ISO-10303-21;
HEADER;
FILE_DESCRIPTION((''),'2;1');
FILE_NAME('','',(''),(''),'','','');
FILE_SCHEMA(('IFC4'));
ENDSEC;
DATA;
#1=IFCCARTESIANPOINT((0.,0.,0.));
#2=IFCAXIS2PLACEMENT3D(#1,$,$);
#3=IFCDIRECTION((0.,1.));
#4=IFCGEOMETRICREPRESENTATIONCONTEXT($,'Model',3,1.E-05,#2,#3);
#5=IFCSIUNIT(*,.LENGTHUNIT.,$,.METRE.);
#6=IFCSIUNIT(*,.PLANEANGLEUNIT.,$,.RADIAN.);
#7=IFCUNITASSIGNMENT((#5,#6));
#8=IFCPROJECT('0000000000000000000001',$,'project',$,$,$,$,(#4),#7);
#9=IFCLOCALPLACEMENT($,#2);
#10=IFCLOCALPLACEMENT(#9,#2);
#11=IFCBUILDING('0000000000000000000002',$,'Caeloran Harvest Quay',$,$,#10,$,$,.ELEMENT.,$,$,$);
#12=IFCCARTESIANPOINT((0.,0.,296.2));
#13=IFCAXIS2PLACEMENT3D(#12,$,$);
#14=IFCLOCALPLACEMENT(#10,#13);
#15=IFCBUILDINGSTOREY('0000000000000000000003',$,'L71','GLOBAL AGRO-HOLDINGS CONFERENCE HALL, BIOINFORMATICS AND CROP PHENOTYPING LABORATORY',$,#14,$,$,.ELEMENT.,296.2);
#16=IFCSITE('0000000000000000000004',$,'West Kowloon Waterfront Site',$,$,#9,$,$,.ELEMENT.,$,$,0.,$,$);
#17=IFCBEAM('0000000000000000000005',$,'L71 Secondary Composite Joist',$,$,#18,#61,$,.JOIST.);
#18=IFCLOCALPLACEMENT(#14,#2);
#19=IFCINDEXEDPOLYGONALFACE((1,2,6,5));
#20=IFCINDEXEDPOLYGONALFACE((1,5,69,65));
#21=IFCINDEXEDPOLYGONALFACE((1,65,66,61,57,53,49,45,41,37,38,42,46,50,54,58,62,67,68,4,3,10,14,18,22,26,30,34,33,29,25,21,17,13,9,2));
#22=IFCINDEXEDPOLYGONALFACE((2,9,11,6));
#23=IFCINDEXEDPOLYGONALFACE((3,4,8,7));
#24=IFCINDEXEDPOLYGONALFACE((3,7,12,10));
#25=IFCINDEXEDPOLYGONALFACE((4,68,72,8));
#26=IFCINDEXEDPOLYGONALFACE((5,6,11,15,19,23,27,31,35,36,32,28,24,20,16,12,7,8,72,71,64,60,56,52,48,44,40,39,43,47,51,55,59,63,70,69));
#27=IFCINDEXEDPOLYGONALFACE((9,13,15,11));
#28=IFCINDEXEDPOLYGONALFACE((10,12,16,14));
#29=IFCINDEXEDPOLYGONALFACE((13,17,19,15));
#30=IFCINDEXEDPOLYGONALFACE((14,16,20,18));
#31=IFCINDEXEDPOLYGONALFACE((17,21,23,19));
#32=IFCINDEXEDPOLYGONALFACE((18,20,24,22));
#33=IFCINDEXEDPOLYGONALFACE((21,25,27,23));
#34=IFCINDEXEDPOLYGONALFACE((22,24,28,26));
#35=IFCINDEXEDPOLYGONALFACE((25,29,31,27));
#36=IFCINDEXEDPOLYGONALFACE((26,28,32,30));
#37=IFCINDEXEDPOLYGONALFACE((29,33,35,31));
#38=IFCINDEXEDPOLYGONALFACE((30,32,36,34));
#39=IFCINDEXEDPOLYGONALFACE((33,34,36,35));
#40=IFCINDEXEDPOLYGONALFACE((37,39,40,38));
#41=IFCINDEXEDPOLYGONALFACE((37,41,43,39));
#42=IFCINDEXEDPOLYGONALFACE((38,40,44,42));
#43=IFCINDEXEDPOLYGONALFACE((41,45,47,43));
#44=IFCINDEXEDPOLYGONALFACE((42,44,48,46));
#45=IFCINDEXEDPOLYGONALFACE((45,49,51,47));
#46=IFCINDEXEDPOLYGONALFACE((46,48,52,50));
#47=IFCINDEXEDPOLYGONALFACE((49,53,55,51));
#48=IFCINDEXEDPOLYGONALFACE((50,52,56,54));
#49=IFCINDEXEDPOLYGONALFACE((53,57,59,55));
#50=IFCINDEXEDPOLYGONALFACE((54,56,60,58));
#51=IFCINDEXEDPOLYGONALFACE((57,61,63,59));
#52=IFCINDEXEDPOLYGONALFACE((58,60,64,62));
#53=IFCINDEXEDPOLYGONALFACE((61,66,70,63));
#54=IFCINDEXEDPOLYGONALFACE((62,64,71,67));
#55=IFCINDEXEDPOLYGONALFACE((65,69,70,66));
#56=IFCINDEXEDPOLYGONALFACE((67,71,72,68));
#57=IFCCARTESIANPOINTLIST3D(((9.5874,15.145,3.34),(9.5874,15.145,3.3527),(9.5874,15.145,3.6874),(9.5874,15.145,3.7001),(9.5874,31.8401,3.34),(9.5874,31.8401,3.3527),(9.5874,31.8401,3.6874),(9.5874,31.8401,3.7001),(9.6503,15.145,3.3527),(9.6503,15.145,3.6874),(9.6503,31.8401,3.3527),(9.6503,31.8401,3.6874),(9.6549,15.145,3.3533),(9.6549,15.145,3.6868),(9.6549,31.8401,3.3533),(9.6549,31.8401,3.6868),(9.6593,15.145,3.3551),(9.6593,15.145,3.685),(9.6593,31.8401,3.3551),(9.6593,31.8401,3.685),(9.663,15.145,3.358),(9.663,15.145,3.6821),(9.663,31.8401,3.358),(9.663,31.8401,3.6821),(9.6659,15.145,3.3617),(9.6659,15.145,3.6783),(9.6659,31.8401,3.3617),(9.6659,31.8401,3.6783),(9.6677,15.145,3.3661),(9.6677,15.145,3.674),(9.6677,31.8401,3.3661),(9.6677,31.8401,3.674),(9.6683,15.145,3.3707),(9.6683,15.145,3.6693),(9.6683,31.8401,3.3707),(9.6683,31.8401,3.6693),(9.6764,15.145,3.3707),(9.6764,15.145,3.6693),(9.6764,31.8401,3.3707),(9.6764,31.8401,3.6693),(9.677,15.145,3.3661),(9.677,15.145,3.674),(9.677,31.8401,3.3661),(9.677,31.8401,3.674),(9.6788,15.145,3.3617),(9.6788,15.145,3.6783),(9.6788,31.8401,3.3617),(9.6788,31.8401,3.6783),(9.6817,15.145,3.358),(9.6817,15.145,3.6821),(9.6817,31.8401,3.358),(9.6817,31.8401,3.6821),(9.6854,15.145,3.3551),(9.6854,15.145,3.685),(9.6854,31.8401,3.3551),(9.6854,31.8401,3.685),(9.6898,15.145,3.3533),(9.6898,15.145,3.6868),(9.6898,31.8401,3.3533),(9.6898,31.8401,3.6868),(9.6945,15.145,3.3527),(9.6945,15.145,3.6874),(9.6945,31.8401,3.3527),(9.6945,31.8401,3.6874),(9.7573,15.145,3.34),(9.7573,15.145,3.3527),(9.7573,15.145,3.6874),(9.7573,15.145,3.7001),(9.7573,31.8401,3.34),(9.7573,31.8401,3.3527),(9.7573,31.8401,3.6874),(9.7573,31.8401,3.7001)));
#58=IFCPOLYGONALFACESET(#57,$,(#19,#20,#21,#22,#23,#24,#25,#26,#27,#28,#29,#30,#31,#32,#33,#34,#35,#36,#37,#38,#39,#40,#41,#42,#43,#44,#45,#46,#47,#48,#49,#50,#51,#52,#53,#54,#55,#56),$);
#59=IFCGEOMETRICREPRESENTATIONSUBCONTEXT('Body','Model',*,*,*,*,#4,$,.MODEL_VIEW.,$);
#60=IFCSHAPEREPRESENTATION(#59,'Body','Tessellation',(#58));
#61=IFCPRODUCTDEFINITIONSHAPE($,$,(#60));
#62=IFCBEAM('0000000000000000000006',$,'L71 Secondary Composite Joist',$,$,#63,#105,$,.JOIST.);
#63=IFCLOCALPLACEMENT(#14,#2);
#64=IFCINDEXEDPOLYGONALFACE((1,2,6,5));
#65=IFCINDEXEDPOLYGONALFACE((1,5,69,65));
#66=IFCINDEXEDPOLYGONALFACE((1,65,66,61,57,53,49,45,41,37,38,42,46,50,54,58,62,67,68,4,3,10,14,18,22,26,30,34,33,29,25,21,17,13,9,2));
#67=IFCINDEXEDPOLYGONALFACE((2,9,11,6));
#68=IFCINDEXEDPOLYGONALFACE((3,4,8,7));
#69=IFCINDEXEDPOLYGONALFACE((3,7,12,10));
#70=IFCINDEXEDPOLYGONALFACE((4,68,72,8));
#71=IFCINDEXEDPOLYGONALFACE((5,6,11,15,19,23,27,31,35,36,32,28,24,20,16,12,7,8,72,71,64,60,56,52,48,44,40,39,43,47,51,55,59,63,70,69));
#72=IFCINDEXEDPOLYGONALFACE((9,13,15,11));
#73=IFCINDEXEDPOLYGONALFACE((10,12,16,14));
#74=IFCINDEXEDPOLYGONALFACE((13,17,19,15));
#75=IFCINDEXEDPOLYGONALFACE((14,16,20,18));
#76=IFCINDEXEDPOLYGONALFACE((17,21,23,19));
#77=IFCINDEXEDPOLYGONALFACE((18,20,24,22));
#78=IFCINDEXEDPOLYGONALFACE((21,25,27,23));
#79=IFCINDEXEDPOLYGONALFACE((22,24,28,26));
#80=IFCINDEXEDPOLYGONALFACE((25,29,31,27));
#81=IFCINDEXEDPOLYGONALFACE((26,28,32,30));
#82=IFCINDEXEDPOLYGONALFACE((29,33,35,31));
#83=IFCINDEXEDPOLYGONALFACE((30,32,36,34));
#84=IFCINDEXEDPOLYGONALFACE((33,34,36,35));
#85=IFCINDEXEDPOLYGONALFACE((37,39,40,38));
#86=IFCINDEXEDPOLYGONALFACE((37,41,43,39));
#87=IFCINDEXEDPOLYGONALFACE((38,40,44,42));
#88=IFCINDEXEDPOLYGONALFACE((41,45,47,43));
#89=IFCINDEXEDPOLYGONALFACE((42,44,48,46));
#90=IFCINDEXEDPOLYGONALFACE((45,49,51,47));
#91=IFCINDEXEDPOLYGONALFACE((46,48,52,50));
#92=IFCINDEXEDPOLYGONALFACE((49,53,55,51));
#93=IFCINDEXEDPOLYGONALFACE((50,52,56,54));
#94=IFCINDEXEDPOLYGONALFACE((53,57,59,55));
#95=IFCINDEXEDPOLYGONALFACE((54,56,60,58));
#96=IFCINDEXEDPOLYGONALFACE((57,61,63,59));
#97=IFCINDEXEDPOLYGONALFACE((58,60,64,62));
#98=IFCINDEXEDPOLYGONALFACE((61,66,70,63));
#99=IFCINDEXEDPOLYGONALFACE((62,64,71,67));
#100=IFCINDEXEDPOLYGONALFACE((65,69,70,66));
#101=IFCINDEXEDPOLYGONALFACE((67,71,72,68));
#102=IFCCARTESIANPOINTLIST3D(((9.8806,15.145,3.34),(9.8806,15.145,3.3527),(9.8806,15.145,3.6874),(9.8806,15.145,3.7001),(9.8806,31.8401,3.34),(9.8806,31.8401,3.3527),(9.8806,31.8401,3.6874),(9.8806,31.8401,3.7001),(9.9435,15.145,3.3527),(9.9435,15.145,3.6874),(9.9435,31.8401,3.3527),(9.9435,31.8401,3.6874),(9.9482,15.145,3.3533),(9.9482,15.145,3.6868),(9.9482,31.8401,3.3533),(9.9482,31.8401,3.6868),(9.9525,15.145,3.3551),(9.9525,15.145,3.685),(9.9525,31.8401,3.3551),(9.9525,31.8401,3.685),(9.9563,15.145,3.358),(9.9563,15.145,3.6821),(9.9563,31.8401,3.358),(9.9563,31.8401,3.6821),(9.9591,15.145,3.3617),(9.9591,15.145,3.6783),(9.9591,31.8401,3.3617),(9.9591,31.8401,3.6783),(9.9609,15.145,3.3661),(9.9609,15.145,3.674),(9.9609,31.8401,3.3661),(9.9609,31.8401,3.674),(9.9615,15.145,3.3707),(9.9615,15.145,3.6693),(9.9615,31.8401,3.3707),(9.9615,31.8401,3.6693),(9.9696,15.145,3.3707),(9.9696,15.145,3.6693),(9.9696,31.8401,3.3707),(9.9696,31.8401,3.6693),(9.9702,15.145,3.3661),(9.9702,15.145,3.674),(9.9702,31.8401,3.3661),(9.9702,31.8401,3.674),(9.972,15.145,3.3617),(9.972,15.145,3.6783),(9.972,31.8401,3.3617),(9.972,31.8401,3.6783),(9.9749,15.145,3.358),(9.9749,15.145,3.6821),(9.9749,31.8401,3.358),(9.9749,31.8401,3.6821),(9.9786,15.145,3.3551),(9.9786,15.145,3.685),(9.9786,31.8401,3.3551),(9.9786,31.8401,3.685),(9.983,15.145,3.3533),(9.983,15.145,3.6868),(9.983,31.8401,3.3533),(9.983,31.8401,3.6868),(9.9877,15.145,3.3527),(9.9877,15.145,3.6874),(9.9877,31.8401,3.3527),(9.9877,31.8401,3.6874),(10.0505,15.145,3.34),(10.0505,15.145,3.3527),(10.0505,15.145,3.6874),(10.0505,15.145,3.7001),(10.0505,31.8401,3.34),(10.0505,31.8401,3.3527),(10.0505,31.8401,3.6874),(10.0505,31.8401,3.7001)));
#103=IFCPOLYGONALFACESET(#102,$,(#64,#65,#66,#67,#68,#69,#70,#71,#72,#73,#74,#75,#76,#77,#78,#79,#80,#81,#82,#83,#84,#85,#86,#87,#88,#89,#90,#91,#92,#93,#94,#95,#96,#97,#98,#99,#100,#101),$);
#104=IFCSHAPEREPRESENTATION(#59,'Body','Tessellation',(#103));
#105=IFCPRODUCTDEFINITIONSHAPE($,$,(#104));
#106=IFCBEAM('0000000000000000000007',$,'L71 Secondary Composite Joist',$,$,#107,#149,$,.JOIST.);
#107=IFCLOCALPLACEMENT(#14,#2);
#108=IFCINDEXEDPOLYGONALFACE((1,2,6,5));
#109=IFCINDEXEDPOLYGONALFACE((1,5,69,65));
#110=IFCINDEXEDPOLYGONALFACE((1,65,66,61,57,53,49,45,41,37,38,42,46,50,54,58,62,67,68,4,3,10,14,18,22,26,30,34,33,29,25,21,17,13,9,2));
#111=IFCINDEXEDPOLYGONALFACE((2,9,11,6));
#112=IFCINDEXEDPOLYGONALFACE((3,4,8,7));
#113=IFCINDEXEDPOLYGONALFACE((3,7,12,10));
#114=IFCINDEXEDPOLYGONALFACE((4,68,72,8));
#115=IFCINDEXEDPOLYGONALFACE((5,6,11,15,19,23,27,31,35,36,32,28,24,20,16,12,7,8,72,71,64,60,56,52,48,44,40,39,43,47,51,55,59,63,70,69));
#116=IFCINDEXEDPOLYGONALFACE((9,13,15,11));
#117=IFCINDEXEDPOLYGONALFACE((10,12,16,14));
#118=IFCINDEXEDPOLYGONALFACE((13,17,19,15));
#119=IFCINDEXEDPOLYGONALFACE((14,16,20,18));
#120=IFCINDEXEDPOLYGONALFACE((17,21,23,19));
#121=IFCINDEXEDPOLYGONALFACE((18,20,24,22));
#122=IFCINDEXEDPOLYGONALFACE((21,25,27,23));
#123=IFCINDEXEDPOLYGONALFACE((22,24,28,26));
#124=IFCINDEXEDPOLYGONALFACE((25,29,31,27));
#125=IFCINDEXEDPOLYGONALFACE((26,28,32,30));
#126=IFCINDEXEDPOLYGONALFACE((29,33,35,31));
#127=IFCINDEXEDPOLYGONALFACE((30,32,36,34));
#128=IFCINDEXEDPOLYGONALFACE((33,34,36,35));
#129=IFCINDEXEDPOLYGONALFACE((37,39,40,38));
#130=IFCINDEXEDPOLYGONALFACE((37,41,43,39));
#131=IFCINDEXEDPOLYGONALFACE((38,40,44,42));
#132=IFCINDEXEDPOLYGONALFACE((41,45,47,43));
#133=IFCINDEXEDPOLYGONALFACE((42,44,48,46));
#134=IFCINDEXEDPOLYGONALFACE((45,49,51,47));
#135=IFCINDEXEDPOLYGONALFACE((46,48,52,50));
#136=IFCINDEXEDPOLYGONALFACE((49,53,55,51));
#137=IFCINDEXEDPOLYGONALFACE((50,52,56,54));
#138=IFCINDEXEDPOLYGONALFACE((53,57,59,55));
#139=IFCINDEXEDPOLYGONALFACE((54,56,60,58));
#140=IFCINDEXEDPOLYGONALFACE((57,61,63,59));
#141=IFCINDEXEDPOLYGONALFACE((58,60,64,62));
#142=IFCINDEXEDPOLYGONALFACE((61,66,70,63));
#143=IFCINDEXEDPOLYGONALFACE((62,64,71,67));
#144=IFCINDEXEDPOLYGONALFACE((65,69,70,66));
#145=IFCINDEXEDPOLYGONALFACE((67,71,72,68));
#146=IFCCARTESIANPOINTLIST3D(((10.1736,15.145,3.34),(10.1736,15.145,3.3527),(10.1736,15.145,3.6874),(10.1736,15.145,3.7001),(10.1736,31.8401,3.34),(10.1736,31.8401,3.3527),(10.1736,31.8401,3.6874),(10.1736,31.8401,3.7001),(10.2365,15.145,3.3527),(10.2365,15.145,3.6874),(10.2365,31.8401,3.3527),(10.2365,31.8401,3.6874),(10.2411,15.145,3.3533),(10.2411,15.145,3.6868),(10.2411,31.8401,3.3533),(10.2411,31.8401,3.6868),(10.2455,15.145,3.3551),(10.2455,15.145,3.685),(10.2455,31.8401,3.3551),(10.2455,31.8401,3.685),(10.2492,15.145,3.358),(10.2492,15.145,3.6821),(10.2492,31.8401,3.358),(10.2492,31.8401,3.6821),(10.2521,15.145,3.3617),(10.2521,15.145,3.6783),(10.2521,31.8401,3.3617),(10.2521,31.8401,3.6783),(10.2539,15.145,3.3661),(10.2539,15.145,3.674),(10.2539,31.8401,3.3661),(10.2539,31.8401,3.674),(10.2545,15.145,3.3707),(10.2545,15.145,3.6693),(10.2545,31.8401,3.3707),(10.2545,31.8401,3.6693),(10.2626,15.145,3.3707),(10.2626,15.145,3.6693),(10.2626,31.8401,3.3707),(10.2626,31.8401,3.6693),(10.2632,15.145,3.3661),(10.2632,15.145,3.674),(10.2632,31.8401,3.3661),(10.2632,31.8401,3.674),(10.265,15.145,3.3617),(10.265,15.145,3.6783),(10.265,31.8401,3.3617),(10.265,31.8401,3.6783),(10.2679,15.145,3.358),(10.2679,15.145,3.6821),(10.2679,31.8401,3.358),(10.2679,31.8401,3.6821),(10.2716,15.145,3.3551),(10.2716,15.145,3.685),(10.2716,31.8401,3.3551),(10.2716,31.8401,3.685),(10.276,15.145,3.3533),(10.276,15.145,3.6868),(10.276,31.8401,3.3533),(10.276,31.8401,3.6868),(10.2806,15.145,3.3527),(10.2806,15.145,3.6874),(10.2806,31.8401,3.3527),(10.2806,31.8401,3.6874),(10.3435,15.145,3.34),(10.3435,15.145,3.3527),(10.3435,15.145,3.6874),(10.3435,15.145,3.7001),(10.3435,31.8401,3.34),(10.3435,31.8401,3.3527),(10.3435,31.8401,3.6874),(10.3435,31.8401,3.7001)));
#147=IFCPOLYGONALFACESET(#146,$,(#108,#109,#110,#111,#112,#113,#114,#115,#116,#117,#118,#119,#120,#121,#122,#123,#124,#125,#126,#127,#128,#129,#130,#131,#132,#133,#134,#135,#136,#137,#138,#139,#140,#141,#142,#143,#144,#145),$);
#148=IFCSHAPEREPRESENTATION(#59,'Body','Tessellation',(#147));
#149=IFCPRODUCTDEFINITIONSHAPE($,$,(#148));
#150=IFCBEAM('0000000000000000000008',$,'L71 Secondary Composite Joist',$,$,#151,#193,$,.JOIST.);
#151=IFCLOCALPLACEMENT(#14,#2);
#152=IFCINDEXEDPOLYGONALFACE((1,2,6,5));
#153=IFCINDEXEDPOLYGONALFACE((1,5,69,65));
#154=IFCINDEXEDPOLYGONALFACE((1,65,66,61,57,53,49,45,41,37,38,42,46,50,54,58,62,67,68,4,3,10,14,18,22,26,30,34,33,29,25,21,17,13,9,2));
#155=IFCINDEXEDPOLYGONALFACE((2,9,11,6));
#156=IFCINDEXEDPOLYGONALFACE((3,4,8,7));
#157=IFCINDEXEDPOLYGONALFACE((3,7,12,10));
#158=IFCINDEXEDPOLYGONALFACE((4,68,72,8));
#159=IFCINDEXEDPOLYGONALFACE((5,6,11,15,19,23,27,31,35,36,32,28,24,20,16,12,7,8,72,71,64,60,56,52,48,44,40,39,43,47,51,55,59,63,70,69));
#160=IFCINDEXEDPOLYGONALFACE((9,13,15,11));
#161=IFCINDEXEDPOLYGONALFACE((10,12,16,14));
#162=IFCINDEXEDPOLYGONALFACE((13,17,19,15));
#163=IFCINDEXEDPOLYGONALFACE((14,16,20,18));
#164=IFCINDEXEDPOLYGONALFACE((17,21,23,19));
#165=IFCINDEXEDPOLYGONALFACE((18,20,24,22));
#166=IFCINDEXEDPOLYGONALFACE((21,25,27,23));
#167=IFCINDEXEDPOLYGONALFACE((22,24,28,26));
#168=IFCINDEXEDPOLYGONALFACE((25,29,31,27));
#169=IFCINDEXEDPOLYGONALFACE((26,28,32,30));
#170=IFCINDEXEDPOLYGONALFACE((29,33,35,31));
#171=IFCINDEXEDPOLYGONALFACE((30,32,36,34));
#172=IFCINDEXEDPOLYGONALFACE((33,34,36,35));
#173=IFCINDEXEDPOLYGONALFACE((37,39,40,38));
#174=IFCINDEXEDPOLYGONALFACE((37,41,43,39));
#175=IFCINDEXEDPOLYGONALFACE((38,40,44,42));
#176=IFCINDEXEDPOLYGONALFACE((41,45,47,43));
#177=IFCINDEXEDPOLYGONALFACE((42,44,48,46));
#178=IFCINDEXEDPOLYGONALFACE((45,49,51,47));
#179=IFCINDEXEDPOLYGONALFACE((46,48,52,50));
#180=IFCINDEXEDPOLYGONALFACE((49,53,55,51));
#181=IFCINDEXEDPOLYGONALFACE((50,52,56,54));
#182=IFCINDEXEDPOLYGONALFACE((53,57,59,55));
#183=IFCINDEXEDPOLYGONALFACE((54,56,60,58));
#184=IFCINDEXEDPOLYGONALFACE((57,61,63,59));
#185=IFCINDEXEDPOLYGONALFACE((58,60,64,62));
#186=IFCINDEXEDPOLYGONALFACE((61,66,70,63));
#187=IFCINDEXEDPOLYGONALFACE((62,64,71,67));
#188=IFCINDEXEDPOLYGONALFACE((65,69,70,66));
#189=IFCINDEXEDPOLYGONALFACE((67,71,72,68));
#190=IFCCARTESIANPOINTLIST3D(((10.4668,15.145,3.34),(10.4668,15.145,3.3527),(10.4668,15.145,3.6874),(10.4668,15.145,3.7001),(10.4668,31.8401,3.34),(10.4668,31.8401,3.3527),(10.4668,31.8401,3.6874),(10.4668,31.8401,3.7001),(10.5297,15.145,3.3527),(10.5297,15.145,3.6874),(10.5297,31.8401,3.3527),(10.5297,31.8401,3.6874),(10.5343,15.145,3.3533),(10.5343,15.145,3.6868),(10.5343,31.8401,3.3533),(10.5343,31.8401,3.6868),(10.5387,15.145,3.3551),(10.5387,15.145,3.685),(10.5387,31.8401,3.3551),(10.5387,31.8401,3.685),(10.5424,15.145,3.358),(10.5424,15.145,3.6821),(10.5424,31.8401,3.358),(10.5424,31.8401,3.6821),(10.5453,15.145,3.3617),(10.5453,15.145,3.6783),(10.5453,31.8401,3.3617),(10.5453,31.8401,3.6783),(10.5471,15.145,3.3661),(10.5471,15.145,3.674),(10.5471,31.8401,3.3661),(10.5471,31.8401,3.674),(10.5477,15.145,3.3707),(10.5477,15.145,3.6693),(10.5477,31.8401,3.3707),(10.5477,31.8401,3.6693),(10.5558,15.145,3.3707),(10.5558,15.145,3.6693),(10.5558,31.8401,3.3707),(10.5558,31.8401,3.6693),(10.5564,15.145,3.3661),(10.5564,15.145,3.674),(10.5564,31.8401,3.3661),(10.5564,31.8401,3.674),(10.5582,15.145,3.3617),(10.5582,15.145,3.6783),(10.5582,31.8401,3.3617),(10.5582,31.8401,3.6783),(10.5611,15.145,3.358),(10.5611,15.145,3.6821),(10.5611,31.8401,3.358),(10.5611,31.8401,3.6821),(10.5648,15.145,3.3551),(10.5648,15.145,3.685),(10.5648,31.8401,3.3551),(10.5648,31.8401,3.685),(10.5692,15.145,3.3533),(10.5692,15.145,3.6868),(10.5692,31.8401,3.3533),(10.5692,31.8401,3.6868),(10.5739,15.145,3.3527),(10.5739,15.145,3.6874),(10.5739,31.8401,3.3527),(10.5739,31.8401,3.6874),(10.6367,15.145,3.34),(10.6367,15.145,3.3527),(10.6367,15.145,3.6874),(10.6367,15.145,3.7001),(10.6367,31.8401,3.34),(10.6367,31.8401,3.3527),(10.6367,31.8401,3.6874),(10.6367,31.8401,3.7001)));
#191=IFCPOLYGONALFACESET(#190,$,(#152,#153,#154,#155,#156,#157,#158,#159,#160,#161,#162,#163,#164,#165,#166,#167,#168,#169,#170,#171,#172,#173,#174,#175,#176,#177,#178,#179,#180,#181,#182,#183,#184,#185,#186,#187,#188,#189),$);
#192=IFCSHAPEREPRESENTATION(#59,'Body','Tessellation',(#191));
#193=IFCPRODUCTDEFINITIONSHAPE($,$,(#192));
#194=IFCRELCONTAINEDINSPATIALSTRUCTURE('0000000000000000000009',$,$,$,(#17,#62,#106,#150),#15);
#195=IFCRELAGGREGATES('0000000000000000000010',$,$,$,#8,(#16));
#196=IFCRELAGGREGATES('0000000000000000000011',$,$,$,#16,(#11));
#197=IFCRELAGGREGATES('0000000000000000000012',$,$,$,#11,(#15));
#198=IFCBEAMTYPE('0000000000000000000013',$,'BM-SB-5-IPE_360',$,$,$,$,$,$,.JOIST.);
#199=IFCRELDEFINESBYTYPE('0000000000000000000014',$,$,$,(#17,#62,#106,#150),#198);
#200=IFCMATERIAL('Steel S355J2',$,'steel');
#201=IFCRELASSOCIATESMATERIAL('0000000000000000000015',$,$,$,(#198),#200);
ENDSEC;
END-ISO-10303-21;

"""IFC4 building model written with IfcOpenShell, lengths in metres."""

from ifc_helpers import new_model, si_unit, direction, frame, origin, origin_2d, place, context, subcontext, project, spatial, i_section, extrude, material, material_profile, profile_set, type_object, element, save


model = new_model("IFC4")

# Units and contexts
model_context = context("Model", 3, precision=1e-05, world=origin(), true_north=direction((0.0, 1.0)))
body_context = subcontext(model_context, "Body", "Model", "MODEL_VIEW")
ifc_project = project(units=[si_unit("LENGTHUNIT", "METRE"), si_unit("PLANEANGLEUNIT", "RADIAN")], contexts=[model_context])

# Site, building, storey
site_placement = place(None, origin())
site = spatial("IfcSite", under=ifc_project, at=site_placement, Name="West Kowloon Waterfront Site", CompositionType="ELEMENT", RefElevation=0.0)
building_placement = place(site_placement, origin())
building = spatial("IfcBuilding", under=site, at=building_placement, Name="Caeloran Harvest Quay", CompositionType="ELEMENT")
storey_placement = place(building_placement, frame((0.0, 0.0, 296.2)))
storey = spatial("IfcBuildingStorey", under=building, at=storey_placement, Name="L71", Description="GLOBAL AGRO-HOLDINGS CONFERENCE HALL, BIOINFORMATICS AND CROP PHENOTYPING LABORATORY", CompositionType="ELEMENT", Elevation=296.2)

# Beams
ifc_material_1 = material(Name="Steel S355J2", Category="steel")
ifc_material_profile_1 = material_profile(ifc_material_1, i_section(OverallWidth=0.1699, OverallDepth=0.3601, WebThickness=0.0081, FlangeThickness=0.0127, FilletRadius=0.0181, at=origin_2d()), Name="IPE 360")
ifc_profile_set_1 = profile_set([ifc_material_profile_1], Name="Steel S355J2")
beam_type_1 = type_object("IfcBeamType", Name="BM-SB-5-IPE_360", PredefinedType="JOIST", material=ifc_profile_set_1)
for number, where, z_axis, x_axis, name in (
    (1, (9.6724, 15.145, 3.52), (0.0, 1.0, 0.0), (-1.0, 0.0, 0.0), "L71 Secondary Composite Joist"),
    (2, (9.9656, 15.145, 3.52), (0.0, 1.0, 0.0), (-1.0, 0.0, 0.0), "L71 Secondary Composite Joist"),
    (3, (10.2585, 15.145, 3.52), (0.0, 1.0, 0.0), (-1.0, 0.0, 0.0), "L71 Secondary Composite Joist"),
    (4, (10.5518, 15.145, 3.52), (0.0, 1.0, 0.0), (-1.0, 0.0, 0.0), "L71 Secondary Composite Joist"),
):
    element("IfcBeam", number, at=place(storey_placement, frame(where, z_axis=z_axis, x_axis=x_axis)), inside=storey, type_object=beam_type_1, Name=name, PredefinedType="JOIST", context=body_context, shape_type="SweptSolid", body=[
        extrude(i_section(OverallWidth=0.1699, OverallDepth=0.3601, WebThickness=0.0081, FlangeThickness=0.0127, FilletRadius=0.0181, at=origin_2d()), origin(), (0.0, 0.0, 1.0), 16.6951),
    ])

save(model, "model.ifc")
